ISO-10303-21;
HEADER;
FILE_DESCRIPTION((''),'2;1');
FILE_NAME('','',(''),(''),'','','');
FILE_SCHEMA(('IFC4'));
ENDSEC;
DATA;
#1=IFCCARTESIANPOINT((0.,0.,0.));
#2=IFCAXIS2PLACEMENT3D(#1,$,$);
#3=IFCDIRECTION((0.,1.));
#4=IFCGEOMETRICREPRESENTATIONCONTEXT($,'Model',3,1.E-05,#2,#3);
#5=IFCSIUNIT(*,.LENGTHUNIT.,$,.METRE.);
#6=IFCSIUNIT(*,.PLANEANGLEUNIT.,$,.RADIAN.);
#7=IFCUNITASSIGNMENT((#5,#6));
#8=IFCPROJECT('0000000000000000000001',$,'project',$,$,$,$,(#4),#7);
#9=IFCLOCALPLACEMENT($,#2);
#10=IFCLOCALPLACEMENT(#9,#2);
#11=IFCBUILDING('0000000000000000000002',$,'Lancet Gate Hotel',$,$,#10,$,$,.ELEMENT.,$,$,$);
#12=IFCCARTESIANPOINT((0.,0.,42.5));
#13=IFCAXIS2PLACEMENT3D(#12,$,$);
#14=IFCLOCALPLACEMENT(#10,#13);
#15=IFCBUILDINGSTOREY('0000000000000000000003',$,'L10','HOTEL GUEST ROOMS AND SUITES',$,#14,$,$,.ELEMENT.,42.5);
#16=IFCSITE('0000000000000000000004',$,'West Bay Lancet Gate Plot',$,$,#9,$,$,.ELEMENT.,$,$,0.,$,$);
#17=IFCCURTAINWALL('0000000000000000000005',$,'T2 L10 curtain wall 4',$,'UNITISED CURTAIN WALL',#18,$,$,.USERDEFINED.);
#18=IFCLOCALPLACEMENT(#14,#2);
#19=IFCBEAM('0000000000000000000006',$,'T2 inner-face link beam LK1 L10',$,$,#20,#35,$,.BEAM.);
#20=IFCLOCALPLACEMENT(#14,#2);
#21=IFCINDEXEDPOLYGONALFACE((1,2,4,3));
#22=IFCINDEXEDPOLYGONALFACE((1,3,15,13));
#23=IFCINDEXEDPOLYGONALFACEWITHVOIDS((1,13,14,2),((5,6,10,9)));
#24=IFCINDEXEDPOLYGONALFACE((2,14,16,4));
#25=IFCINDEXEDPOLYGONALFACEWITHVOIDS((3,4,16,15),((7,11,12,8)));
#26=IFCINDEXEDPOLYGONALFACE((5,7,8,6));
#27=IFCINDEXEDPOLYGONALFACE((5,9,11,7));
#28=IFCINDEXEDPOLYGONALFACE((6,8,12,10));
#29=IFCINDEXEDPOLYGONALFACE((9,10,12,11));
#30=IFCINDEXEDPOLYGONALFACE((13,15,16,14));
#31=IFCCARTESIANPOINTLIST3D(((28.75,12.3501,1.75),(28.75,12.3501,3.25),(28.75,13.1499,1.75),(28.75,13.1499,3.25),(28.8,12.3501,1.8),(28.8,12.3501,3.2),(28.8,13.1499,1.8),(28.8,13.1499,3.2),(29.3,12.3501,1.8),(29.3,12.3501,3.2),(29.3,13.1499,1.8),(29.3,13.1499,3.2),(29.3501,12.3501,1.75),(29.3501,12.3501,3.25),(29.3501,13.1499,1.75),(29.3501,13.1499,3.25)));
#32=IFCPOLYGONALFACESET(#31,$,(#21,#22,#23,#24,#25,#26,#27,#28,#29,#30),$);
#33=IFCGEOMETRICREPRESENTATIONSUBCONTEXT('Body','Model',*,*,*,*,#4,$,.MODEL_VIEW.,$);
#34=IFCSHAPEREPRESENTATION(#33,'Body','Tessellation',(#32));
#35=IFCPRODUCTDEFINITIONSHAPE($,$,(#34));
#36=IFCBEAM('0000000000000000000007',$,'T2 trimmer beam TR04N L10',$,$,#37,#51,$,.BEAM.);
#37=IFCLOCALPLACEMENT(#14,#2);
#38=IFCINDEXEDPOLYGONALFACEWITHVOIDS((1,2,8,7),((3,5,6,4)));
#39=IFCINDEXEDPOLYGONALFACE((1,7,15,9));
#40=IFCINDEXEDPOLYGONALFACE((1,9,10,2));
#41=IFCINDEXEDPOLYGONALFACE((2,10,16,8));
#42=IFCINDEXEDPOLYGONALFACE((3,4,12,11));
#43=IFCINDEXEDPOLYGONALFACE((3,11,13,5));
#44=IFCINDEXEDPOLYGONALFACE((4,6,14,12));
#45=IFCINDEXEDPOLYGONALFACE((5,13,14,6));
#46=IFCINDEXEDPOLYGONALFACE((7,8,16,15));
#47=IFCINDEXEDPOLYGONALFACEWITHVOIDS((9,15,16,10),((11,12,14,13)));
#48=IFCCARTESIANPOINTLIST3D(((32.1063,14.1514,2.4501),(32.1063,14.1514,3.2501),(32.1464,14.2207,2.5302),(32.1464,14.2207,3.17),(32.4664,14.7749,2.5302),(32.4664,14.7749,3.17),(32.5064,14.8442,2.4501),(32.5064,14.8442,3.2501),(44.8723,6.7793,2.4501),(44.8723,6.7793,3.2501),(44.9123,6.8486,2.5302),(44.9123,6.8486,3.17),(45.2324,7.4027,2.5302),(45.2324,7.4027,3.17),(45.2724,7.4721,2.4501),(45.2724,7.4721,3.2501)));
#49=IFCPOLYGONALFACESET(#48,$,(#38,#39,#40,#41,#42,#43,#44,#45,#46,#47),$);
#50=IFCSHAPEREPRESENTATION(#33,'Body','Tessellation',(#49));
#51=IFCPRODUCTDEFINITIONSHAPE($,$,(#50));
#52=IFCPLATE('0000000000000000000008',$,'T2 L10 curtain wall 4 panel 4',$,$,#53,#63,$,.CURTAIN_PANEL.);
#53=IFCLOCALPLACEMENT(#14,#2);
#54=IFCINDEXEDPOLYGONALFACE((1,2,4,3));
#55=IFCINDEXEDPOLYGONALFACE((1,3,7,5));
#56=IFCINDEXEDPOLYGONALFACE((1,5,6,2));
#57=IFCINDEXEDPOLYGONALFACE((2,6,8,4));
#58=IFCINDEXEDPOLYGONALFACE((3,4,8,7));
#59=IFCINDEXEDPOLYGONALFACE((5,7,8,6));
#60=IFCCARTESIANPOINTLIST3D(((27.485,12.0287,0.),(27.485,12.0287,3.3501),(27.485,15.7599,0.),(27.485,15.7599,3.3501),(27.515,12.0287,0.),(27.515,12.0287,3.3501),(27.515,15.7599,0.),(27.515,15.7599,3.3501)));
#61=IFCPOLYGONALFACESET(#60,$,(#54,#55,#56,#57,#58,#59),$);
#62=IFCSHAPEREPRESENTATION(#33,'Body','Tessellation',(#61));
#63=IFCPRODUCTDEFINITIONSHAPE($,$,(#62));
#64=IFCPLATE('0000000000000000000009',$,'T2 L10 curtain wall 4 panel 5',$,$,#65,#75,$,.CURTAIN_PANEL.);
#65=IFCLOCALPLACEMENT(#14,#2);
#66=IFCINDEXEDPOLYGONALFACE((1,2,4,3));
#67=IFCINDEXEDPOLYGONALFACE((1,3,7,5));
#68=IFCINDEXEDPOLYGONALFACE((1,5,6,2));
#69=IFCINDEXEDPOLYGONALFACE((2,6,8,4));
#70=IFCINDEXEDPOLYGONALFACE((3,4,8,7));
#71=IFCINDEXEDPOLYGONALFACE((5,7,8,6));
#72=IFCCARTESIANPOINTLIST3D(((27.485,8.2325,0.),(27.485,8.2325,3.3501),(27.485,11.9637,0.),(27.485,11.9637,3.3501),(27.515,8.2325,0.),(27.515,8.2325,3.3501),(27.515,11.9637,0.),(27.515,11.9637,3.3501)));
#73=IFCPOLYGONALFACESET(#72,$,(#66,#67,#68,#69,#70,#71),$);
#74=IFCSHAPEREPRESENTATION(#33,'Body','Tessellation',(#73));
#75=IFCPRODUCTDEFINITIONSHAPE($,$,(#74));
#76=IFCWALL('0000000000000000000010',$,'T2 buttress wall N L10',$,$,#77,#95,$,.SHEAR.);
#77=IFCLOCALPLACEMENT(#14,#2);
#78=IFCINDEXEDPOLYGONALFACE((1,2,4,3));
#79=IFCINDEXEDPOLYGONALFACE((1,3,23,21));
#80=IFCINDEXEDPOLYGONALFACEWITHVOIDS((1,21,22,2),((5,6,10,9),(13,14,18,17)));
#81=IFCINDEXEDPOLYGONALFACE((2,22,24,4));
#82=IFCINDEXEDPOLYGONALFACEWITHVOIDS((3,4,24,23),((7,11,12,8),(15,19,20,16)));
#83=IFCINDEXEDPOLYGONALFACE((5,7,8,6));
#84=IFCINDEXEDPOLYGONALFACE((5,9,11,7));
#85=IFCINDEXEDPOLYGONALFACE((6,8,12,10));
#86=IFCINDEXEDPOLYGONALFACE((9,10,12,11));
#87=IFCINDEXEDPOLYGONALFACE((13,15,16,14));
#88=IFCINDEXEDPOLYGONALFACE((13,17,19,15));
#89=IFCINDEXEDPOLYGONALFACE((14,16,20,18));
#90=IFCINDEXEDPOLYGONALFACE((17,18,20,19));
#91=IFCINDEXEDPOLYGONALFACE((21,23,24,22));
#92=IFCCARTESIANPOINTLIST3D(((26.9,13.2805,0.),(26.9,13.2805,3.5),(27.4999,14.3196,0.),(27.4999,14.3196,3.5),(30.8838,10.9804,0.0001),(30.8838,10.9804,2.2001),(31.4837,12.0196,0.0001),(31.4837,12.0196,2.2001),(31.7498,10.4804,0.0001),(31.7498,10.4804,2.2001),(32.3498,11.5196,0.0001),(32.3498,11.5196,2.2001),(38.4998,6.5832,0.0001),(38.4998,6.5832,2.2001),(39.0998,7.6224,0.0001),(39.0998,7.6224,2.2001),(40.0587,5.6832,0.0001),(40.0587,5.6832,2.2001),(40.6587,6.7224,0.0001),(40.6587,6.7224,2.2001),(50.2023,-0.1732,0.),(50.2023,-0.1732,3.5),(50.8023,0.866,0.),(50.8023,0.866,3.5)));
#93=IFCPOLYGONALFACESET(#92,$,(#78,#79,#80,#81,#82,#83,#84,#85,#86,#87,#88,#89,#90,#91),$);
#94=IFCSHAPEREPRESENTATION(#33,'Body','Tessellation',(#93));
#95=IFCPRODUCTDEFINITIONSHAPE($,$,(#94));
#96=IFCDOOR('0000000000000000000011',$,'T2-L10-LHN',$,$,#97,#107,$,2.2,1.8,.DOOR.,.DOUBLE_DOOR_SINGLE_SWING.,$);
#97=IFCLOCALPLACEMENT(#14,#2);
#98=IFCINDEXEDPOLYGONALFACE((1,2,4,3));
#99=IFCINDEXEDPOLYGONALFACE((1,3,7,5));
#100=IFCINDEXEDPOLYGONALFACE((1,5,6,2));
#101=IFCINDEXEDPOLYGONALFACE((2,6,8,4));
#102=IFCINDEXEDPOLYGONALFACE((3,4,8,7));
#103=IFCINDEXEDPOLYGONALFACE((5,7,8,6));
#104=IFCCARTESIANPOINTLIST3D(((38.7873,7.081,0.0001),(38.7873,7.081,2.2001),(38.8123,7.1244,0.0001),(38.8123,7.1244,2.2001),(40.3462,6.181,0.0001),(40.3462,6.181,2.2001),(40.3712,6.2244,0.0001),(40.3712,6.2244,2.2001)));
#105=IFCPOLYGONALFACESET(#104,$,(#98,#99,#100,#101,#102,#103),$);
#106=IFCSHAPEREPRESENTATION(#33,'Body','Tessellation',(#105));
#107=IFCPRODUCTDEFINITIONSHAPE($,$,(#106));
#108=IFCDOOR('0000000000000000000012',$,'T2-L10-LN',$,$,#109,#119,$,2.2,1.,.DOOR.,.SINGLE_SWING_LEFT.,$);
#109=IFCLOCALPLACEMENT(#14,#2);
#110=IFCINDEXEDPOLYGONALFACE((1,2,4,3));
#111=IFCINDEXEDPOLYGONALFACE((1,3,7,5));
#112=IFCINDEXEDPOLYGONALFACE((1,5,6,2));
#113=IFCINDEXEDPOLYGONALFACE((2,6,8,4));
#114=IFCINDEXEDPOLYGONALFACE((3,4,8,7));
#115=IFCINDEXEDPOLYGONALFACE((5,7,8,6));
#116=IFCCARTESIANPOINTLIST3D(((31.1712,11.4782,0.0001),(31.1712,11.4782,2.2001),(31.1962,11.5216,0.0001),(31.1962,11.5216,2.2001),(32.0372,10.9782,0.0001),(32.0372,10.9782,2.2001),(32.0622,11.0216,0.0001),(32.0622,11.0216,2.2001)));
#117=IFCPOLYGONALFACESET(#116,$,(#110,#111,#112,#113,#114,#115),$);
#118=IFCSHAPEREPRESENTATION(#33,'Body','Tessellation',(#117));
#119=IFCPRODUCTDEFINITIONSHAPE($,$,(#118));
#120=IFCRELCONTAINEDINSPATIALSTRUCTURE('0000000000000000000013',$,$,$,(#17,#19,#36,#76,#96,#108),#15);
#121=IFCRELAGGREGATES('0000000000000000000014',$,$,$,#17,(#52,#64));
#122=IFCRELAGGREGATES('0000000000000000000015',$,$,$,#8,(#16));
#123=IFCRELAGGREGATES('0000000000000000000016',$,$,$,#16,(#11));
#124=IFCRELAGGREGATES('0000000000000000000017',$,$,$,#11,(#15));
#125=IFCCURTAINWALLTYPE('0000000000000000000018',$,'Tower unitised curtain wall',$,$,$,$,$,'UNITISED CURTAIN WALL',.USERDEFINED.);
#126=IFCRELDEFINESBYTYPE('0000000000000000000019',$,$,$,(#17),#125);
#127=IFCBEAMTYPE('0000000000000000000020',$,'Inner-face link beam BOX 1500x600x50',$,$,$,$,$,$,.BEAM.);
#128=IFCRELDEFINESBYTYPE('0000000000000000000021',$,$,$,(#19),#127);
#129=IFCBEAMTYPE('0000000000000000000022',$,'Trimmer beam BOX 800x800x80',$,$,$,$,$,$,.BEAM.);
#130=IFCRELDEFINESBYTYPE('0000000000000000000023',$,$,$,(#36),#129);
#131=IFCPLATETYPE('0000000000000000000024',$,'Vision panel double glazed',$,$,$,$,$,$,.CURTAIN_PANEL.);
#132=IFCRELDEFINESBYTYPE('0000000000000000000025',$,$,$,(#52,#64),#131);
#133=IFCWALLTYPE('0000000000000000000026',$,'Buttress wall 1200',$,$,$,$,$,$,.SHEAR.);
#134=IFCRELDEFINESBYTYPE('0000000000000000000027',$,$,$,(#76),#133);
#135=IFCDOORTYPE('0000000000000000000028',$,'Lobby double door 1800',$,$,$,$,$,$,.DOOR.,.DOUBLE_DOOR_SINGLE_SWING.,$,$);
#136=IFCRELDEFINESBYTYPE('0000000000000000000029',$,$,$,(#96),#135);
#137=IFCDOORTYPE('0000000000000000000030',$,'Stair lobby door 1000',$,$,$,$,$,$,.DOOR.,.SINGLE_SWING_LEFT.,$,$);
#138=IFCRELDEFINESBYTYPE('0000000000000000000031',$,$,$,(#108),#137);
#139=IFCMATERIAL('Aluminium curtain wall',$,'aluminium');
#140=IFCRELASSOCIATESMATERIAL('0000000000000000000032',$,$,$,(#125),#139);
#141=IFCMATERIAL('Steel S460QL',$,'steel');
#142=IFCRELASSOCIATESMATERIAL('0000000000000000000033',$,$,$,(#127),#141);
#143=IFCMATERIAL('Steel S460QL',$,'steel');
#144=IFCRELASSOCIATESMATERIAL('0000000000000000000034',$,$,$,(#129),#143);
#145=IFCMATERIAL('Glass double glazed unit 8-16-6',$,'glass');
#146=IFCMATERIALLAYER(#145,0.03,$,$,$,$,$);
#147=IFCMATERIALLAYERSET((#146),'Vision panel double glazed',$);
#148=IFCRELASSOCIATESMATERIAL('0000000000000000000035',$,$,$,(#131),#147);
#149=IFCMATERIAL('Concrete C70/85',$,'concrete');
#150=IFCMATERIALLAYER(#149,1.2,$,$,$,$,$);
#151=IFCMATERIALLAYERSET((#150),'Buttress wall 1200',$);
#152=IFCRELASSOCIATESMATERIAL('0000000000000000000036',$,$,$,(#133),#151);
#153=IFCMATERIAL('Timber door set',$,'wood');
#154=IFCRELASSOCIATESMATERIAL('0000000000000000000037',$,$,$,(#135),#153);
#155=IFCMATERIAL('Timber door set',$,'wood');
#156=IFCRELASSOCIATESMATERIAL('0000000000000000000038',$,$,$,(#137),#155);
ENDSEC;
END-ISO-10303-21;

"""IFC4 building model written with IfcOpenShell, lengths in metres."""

from ifc_helpers import new_model, si_unit, direction, frame, frame_2d, origin, origin_2d, place, context, subcontext, project, spatial, rectangle, hollow_rectangle, extrude, material, layer, layer_set, material_profile, profile_set, type_object, element, fill, aggregate, save


model = new_model("IFC4")

# Units and contexts
model_context = context("Model", 3, precision=1e-05, world=origin(), true_north=direction((0.0, 1.0)))
body_context = subcontext(model_context, "Body", "Model", "MODEL_VIEW")
ifc_project = project(units=[si_unit("LENGTHUNIT", "METRE"), si_unit("PLANEANGLEUNIT", "RADIAN")], contexts=[model_context])

# Site, building, storey
site_placement = place(None, origin())
site = spatial("IfcSite", under=ifc_project, at=site_placement, Name="West Bay Lancet Gate Plot", CompositionType="ELEMENT", RefElevation=0.0)
building_placement = place(site_placement, origin())
building = spatial("IfcBuilding", under=site, at=building_placement, Name="Lancet Gate Hotel", CompositionType="ELEMENT")
storey_placement = place(building_placement, frame((0.0, 0.0, 42.5)))
storey = spatial("IfcBuildingStorey", under=building, at=storey_placement, Name="L10", Description="HOTEL GUEST ROOMS AND SUITES", CompositionType="ELEMENT", Elevation=42.5)

# Curtain wall
ifc_material_1 = material(Name="Aluminium curtain wall", Category="aluminium")
curtain_wall_type = type_object("IfcCurtainWallType", Name="Tower unitised curtain wall", ElementType="UNITISED CURTAIN WALL", PredefinedType="USERDEFINED", material=ifc_material_1)
curtain_wall_placement = place(storey_placement, origin())
curtain_wall = element("IfcCurtainWall", 1, at=curtain_wall_placement, inside=storey, type_object=curtain_wall_type, Name="T2 L10 curtain wall 4", ObjectType="UNITISED CURTAIN WALL", PredefinedType="USERDEFINED")

# Beams
ifc_material_2 = material(Name="Steel S460QL", Category="steel")
ifc_material_profile_1 = material_profile(ifc_material_2, hollow_rectangle(XDim=0.6001, YDim=1.5, WallThickness=0.05, at=origin_2d()), Name="BOX 1500x600x50")
ifc_profile_set_1 = profile_set([ifc_material_profile_1], Name="Steel S460QL")
beam_type_1 = type_object("IfcBeamType", Name="Inner-face link beam BOX 1500x600x50", PredefinedType="BEAM", material=ifc_profile_set_1)
beam_1_placement = place(storey_placement, frame((29.05, 12.3501, 2.5), z_axis=(0.0, 1.0, 0.0), x_axis=(-1.0, 0.0, 0.0)))
element("IfcBeam", 2, at=beam_1_placement, inside=storey, type_object=beam_type_1, Name="T2 inner-face link beam LK1 L10", PredefinedType="BEAM", context=body_context, shape_type="SweptSolid", body=[
    extrude(hollow_rectangle(XDim=0.6001, YDim=1.5, WallThickness=0.05, at=origin_2d()), origin(), (0.0, 0.0, 1.0), 0.7998),
])
ifc_material_3 = material(Name="Steel S460QL", Category="steel")
ifc_material_profile_2 = material_profile(ifc_material_3, hollow_rectangle(XDim=0.8, YDim=0.8, WallThickness=0.0801, at=origin_2d()), Name="BOX 800x800x80")
ifc_profile_set_2 = profile_set([ifc_material_profile_2], Name="Steel S460QL")
beam_type_2 = type_object("IfcBeamType", Name="Trimmer beam BOX 800x800x80", PredefinedType="BEAM", material=ifc_profile_set_2)
beam_2_placement = place(storey_placement, frame((32.3064, 14.4978, 2.8501), z_axis=(0.865976, -0.500086, 0.0), x_axis=(0.500086, 0.865976, 0.0)))
element("IfcBeam", 3, at=beam_2_placement, inside=storey, type_object=beam_type_2, Name="T2 trimmer beam TR04N L10", PredefinedType="BEAM", context=body_context, shape_type="SweptSolid", body=[
    extrude(hollow_rectangle(XDim=0.8, YDim=0.8, WallThickness=0.0801, at=origin_2d()), origin(), (0.0, 0.0, 1.0), 14.7417),
])

# Plates
ifc_material_4 = material(Name="Glass double glazed unit 8-16-6", Category="glass")
ifc_layer_1 = layer(ifc_material_4, 0.03)
ifc_layer_set_1 = layer_set([ifc_layer_1], Name="Vision panel double glazed")
plate_type = type_object("IfcPlateType", Name="Vision panel double glazed", PredefinedType="CURTAIN_PANEL", material=ifc_layer_set_1)
plate_1_placement = place(storey_placement, frame((27.5, 13.8943, 0.0), z_axis=(0.0, 0.0, 1.0), x_axis=(0.0, -1.0, 0.0)))
plate_1 = element("IfcPlate", 4, at=plate_1_placement, type_object=plate_type, Name="T2 L10 curtain wall 4 panel 4", PredefinedType="CURTAIN_PANEL", context=body_context, shape_type="SweptSolid", body=[
    extrude(rectangle(XDim=3.7312, YDim=0.03, at=origin_2d()), origin(), (0.0, 0.0, 1.0), 3.3501),
])
plate_2_placement = place(storey_placement, frame((27.5, 10.0981, 0.0), z_axis=(0.0, 0.0, 1.0), x_axis=(0.0, -1.0, 0.0)))
plate_2 = element("IfcPlate", 5, at=plate_2_placement, type_object=plate_type, Name="T2 L10 curtain wall 4 panel 5", PredefinedType="CURTAIN_PANEL", context=body_context, shape_type="SweptSolid", body=[
    extrude(rectangle(XDim=3.7312, YDim=0.03, at=origin_2d()), origin(), (0.0, 0.0, 1.0), 3.3501),
])
aggregate(curtain_wall, [plate_1, plate_2])

# Wall, openings, doors
ifc_material_5 = material(Name="Concrete C70/85", Category="concrete")
ifc_layer_2 = layer(ifc_material_5, 1.2)
ifc_layer_set_2 = layer_set([ifc_layer_2], Name="Buttress wall 1200")
wall_type_1 = type_object("IfcWallType", Name="Buttress wall 1200", PredefinedType="SHEAR", material=ifc_layer_set_2)
wall_1_placement = place(storey_placement, frame((27.2, 13.8, 0.0), z_axis=(0.0, 0.0, 1.0), x_axis=(0.866025, -0.500002, 0.0)))
wall_1 = element("IfcWall", 6, at=wall_1_placement, inside=storey, type_object=wall_type_1, Name="T2 buttress wall N L10", PredefinedType="SHEAR", context=body_context, shape_type="SweptSolid", body=[
    extrude(rectangle(XDim=26.9072, YDim=1.2, at=frame_2d((13.4536, 0.0))), origin(), (0.0, 0.0, 1.0), 3.5),
])
opening_1_placement = place(wall_1_placement, frame((4.6001, 0.0, 0.0)))
opening_1 = element("IfcOpeningElement", 7, at=opening_1_placement, cuts=wall_1, PredefinedType="OPENING", context=body_context, shape_type="SweptSolid", body=[
    extrude(rectangle(XDim=1.0, YDim=2.2, at=frame_2d((0.5, 1.1001))), frame((0.0, 0.6099, 0.0), z_axis=(0.0, -1.0, 0.0), x_axis=(1.0, 0.0, 0.0)), (0.0, 0.0, 1.0), 1.22),
])
opening_2_placement = place(wall_1_placement, frame((13.3945, 0.0, 0.0)))
opening_2 = element("IfcOpeningElement", 8, at=opening_2_placement, cuts=wall_1, PredefinedType="OPENING", context=body_context, shape_type="SweptSolid", body=[
    extrude(rectangle(XDim=1.8, YDim=2.2, at=frame_2d((0.8999, 1.1001))), frame((0.0, 0.6099, 0.0), z_axis=(0.0, -1.0, 0.0), x_axis=(1.0, 0.0, 0.0)), (0.0, 0.0, 1.0), 1.22),
])
ifc_material_6 = material(Name="Timber door set", Category="wood")
door_type_1 = type_object("IfcDoorType", Name="Lobby double door 1800", OperationType="DOUBLE_DOOR_SINGLE_SWING", PredefinedType="DOOR", material=ifc_material_6)
door_1_placement = place(opening_2_placement, origin())
door_1 = element("IfcDoor", 9, at=door_1_placement, inside=storey, type_object=door_type_1, Name="T2-L10-LHN", OperationType="DOUBLE_DOOR_SINGLE_SWING", OverallHeight=2.2, OverallWidth=1.8, PredefinedType="DOOR", context=body_context, shape_type="SweptSolid", body=[
    extrude(rectangle(XDim=1.8, YDim=2.2, at=frame_2d((0.8999, 1.1001))), frame((0.0, 0.0249, 0.0), z_axis=(0.0, -1.0, 0.0), x_axis=(1.0, 0.0, 0.0)), (0.0, 0.0, 1.0), 0.05),
])
fill(opening_2, door_1)
ifc_material_7 = material(Name="Timber door set", Category="wood")
door_type_2 = type_object("IfcDoorType", Name="Stair lobby door 1000", OperationType="SINGLE_SWING_LEFT", PredefinedType="DOOR", material=ifc_material_7)
door_2_placement = place(opening_1_placement, origin())
door_2 = element("IfcDoor", 10, at=door_2_placement, inside=storey, type_object=door_type_2, Name="T2-L10-LN", OperationType="SINGLE_SWING_LEFT", OverallHeight=2.2, OverallWidth=1.0, PredefinedType="DOOR", context=body_context, shape_type="SweptSolid", body=[
    extrude(rectangle(XDim=1.0, YDim=2.2, at=frame_2d((0.5, 1.1001))), frame((0.0, 0.0249, 0.0), z_axis=(0.0, -1.0, 0.0), x_axis=(1.0, 0.0, 0.0)), (0.0, 0.0, 1.0), 0.05),
])
fill(opening_1, door_2)

save(model, "model.ifc")
